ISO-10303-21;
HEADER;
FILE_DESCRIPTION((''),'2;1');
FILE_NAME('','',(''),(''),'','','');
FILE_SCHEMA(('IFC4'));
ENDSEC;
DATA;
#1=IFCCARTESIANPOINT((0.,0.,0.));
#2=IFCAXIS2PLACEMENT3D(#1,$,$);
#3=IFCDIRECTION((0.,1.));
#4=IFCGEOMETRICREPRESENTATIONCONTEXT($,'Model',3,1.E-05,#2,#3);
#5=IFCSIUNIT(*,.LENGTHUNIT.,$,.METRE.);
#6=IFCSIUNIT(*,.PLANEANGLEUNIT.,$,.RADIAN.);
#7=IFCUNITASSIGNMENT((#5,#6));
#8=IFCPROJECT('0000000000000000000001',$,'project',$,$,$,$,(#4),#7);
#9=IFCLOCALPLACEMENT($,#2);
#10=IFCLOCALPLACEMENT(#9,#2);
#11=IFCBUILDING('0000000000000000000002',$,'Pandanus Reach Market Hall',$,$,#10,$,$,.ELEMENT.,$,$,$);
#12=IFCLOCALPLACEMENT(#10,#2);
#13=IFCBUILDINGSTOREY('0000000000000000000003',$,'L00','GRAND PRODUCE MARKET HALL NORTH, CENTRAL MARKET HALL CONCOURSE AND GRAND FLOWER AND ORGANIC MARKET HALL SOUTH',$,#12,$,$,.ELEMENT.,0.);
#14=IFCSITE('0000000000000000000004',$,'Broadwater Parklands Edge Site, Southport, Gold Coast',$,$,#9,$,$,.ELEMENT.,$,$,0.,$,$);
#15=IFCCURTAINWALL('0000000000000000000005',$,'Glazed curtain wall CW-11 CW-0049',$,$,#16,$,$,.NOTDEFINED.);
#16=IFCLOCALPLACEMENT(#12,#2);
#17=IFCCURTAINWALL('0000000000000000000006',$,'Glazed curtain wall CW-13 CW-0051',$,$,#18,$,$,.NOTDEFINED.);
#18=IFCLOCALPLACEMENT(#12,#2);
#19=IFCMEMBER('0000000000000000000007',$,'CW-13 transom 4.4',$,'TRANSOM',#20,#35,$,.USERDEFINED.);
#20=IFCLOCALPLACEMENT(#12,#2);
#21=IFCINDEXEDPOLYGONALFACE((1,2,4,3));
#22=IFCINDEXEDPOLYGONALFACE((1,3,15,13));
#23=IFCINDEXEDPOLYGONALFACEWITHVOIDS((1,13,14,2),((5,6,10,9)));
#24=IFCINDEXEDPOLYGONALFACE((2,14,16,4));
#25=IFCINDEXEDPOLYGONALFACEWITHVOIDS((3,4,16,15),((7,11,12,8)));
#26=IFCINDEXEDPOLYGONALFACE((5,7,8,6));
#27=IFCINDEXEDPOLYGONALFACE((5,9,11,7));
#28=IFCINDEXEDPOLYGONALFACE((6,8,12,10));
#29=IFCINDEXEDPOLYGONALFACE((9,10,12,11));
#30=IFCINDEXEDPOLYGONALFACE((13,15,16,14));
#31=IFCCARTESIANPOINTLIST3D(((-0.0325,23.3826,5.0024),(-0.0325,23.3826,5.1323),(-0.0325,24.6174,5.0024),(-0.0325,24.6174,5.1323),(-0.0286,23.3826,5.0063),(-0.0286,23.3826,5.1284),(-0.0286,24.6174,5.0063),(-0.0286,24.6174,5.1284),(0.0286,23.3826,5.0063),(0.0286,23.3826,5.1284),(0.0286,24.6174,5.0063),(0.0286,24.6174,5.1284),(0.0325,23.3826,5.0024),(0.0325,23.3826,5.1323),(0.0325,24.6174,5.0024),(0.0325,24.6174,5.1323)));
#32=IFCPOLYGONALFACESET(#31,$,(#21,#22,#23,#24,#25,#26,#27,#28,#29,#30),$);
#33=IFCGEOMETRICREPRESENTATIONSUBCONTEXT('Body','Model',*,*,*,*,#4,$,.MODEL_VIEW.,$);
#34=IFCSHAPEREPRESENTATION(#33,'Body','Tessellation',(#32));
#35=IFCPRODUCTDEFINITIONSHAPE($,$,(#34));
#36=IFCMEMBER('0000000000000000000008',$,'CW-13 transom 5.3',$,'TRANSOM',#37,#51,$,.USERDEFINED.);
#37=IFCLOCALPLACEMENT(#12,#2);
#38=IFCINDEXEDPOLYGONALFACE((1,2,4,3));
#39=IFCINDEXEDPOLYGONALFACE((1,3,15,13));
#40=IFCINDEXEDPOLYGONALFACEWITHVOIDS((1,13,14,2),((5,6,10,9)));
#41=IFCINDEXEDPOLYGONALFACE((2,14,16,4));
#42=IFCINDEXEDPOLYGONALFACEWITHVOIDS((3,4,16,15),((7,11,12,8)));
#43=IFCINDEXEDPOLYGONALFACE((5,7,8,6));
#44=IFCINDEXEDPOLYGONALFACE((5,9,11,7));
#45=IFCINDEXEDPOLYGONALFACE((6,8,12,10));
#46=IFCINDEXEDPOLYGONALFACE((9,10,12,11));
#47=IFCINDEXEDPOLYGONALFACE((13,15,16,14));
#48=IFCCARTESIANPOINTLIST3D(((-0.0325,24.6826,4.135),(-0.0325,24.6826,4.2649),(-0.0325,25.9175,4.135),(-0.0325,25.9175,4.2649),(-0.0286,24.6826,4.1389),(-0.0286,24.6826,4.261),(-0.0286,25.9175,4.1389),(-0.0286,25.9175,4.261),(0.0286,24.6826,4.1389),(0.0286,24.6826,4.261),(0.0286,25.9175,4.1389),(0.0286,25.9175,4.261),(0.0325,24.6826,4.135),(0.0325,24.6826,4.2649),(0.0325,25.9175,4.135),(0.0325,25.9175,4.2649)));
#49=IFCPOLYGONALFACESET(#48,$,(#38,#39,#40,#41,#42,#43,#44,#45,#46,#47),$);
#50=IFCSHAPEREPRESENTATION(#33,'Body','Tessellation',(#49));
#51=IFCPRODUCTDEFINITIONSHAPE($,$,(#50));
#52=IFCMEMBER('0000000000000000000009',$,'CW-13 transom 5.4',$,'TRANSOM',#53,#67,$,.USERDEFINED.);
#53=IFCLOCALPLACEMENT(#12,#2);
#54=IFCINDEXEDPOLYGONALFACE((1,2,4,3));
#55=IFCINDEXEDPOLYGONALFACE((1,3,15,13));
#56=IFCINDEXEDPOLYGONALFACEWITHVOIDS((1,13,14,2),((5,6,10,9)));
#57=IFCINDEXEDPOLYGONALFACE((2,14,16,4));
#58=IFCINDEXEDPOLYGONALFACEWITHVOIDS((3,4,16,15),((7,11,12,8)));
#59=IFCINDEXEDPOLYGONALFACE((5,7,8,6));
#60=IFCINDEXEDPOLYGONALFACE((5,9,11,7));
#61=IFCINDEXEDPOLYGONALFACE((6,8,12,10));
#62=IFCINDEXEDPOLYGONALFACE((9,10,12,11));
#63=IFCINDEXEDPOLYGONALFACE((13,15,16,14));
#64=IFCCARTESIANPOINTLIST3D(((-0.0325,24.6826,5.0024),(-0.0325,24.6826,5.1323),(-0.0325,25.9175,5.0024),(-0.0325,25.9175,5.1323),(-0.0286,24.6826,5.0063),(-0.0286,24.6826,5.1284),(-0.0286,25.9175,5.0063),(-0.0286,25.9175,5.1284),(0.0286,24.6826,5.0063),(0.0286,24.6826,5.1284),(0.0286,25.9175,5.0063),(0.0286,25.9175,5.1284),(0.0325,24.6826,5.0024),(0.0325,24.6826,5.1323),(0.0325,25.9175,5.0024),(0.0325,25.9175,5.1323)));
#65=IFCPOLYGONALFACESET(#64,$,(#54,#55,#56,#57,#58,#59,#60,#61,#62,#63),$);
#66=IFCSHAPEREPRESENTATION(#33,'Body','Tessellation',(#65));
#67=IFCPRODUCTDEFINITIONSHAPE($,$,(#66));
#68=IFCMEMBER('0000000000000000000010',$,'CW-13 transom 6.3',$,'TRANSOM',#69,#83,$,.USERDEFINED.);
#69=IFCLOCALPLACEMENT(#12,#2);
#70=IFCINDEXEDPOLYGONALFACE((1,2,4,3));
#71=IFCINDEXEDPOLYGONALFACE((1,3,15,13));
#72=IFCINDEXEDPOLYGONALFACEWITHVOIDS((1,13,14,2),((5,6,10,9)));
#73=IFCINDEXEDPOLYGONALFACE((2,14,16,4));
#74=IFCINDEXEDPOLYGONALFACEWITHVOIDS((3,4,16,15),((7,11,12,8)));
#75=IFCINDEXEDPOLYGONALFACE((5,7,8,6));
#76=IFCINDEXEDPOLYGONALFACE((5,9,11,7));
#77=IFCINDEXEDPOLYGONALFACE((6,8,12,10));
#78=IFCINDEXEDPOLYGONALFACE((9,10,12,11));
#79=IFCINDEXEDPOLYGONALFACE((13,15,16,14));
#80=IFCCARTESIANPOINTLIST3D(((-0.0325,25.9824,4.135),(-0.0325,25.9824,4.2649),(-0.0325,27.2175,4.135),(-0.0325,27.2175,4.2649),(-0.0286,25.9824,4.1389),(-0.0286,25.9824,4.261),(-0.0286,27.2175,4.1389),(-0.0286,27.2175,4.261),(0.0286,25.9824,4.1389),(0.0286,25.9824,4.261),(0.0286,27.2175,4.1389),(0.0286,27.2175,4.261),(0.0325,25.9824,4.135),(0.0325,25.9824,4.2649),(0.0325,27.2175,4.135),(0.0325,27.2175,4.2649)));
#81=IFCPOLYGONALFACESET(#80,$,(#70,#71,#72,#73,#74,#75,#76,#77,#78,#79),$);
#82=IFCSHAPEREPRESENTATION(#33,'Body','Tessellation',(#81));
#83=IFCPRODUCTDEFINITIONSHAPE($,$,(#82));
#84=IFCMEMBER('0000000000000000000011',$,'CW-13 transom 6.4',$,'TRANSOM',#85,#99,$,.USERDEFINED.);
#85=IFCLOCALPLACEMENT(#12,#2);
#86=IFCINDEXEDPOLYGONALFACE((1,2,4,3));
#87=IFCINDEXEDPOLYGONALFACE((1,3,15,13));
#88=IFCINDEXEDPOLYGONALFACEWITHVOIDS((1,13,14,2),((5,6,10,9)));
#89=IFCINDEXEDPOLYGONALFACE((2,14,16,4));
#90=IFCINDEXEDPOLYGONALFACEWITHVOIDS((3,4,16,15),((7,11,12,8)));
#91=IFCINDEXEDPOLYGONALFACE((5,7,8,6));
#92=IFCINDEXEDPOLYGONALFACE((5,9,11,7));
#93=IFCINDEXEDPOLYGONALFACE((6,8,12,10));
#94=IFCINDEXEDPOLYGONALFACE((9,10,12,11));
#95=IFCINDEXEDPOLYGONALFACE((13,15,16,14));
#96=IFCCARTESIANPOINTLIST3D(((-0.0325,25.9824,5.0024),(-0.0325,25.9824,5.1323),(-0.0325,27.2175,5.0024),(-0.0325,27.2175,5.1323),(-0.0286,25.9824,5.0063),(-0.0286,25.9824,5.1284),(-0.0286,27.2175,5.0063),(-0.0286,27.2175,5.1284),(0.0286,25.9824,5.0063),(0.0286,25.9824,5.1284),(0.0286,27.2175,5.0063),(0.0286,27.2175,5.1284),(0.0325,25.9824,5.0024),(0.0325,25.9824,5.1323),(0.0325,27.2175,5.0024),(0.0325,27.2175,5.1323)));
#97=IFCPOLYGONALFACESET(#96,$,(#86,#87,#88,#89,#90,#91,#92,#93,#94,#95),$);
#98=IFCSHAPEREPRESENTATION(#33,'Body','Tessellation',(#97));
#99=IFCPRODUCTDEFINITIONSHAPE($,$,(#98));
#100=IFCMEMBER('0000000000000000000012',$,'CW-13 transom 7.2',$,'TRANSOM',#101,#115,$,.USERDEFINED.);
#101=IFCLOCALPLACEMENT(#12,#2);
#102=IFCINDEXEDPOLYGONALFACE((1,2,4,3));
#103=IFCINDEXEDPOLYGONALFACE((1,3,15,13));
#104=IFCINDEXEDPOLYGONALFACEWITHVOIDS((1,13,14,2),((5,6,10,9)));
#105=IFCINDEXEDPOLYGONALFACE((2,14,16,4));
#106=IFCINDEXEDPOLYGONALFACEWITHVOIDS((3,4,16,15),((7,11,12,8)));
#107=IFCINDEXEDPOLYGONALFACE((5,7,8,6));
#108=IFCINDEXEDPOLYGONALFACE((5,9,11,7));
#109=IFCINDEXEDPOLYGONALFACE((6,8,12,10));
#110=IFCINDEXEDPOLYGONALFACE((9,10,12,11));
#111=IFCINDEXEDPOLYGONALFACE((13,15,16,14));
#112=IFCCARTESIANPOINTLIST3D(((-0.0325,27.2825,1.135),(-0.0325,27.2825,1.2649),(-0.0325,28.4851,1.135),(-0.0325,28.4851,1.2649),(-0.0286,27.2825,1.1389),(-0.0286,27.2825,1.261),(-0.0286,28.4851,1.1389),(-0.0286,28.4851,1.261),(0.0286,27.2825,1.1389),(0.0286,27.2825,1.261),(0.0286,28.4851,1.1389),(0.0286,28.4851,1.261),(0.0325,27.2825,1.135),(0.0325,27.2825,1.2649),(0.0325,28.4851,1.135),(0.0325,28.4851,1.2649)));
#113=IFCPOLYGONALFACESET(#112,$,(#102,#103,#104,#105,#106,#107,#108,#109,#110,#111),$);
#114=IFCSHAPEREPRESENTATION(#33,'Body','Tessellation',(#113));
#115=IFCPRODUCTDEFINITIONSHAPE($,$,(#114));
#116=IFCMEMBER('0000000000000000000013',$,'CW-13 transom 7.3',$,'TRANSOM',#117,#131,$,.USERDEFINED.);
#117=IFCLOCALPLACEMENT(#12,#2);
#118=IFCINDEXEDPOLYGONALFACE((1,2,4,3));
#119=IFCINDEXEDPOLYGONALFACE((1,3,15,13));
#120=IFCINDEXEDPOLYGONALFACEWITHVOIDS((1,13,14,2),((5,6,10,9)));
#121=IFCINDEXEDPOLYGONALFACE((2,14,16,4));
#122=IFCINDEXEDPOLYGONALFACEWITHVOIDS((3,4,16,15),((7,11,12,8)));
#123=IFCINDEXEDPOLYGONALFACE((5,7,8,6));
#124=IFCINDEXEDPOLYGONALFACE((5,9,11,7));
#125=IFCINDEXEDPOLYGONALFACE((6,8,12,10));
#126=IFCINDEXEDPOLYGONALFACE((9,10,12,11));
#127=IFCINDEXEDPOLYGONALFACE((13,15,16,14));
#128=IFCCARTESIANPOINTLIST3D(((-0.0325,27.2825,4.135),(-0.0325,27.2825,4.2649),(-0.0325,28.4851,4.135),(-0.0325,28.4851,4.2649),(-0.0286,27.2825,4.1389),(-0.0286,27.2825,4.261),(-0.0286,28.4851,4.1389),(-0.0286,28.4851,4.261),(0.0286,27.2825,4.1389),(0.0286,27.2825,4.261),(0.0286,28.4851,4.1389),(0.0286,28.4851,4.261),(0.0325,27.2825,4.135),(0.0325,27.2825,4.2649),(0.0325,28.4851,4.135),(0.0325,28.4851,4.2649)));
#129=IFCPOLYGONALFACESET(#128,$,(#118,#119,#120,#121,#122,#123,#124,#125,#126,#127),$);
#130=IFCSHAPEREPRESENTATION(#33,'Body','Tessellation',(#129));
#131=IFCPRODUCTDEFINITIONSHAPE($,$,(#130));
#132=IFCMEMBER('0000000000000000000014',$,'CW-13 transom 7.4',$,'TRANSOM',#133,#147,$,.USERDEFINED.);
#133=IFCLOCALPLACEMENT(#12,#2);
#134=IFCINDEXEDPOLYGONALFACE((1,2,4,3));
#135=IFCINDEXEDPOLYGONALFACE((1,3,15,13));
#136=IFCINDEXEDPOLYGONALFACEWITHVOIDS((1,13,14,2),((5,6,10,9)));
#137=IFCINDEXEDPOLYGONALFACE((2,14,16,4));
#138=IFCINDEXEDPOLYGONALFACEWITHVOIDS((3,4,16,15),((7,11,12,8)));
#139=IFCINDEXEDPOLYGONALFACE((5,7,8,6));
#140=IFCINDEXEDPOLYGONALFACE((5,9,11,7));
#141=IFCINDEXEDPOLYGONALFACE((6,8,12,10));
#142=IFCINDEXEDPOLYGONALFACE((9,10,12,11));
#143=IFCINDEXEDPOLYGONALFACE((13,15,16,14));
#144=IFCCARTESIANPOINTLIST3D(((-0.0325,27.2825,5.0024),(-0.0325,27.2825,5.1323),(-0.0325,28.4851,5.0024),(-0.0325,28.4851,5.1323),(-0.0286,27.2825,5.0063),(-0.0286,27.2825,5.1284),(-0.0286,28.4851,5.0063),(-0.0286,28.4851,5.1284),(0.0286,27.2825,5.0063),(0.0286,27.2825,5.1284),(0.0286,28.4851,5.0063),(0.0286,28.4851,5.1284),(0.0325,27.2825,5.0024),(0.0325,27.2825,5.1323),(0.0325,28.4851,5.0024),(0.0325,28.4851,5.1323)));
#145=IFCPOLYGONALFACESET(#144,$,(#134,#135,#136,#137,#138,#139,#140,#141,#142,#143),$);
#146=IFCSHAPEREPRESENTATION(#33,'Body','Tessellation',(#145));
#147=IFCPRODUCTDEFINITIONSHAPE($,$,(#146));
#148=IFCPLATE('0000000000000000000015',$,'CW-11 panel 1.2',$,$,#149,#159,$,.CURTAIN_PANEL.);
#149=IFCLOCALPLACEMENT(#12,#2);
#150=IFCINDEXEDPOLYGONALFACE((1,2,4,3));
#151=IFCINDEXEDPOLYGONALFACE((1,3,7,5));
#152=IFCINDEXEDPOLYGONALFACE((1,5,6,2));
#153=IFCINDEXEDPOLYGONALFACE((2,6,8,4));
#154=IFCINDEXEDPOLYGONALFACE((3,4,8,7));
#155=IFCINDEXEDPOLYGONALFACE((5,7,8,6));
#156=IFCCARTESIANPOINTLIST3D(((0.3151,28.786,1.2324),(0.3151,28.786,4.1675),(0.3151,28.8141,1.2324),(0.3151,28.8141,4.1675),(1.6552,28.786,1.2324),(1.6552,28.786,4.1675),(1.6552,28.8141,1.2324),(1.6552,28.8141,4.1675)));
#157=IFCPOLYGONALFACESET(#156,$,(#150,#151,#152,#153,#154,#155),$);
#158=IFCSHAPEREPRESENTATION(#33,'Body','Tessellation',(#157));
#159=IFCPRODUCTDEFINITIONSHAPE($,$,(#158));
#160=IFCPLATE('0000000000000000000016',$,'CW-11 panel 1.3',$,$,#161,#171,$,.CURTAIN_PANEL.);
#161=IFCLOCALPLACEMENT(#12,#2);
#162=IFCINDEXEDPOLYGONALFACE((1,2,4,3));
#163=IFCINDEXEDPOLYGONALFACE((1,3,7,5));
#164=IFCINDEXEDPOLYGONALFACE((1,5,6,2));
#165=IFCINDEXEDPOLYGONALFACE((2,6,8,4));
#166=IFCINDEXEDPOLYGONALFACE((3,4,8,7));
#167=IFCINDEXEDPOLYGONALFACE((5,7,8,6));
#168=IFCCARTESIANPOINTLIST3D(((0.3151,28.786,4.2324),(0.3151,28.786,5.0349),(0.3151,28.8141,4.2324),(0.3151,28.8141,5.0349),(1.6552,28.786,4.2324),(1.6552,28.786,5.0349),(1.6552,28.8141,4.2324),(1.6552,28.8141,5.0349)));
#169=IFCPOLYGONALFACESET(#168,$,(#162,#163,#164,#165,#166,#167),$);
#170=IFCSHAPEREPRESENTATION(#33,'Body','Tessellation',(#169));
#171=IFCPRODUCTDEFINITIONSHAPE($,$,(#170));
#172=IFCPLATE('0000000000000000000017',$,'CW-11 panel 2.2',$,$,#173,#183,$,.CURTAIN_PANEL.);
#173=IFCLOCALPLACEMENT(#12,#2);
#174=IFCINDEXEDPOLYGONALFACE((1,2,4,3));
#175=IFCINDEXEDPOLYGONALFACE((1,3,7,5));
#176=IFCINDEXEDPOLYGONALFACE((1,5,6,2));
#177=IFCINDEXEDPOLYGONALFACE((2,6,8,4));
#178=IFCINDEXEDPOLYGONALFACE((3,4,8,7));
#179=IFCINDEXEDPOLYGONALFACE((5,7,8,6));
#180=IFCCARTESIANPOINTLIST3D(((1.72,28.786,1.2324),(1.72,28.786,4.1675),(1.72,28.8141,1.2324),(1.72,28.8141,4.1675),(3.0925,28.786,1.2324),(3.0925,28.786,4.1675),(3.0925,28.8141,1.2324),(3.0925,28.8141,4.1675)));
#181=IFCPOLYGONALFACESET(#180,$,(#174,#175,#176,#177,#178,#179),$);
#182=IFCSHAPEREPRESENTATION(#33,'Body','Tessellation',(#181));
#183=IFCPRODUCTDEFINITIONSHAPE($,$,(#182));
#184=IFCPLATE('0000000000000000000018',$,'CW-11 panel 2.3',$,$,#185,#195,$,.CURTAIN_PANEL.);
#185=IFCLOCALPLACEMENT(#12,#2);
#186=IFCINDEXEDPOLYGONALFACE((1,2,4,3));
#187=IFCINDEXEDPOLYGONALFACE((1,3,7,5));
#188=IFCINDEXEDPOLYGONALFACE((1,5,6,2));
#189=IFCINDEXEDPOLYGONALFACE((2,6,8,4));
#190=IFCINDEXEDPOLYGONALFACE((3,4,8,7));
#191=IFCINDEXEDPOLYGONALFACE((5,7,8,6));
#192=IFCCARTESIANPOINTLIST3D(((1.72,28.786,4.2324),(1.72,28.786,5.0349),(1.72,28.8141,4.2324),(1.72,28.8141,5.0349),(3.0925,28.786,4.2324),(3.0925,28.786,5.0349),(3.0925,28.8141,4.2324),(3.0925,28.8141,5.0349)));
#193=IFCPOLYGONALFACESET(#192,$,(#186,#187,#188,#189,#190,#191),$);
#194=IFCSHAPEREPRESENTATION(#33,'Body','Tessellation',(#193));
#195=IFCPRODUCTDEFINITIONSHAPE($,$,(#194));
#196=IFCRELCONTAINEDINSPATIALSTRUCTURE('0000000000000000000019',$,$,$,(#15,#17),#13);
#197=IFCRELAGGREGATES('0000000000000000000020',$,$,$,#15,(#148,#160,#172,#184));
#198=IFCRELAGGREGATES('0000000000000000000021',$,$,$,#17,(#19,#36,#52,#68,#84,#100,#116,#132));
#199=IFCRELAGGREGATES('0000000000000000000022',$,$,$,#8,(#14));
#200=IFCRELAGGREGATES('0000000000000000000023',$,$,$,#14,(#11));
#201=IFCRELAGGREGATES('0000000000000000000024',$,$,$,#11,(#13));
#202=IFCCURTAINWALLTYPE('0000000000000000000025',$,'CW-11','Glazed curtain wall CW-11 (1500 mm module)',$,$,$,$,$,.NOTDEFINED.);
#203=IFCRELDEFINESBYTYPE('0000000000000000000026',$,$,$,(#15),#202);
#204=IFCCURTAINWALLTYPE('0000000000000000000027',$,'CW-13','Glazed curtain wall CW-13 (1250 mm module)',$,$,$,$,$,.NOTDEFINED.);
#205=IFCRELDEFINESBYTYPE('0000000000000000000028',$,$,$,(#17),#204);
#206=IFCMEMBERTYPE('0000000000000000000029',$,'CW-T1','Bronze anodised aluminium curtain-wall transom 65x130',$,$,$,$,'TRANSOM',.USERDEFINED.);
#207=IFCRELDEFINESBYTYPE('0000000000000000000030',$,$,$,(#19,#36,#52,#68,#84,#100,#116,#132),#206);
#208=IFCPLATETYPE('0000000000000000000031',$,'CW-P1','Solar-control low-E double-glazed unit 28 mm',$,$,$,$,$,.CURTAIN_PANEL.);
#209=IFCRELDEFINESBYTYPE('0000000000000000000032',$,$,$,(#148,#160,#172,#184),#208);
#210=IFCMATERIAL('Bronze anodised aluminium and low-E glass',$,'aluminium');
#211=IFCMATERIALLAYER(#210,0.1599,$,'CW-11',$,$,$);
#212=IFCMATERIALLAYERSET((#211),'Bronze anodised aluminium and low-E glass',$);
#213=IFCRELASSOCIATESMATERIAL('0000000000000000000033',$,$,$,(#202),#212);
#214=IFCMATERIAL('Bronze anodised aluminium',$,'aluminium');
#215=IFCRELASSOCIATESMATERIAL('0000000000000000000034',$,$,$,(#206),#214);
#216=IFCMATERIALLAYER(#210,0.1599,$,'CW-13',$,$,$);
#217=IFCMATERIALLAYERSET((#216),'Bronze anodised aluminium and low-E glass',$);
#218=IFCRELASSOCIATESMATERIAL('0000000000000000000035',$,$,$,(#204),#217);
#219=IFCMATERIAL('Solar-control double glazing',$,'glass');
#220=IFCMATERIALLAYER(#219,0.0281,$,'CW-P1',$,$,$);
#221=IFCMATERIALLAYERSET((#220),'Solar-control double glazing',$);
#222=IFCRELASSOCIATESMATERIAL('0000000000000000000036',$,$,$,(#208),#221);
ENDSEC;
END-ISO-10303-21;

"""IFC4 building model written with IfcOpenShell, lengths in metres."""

from ifc_helpers import new_model, si_unit, direction, frame, origin, origin_2d, place, context, subcontext, project, spatial, rectangle, hollow_rectangle, extrude, material, layer, layer_set, material_profile, profile_set, type_object, element, aggregate, save


model = new_model("IFC4")

# Units and contexts
model_context = context("Model", 3, precision=1e-05, world=origin(), true_north=direction((0.0, 1.0)))
body_context = subcontext(model_context, "Body", "Model", "MODEL_VIEW")
ifc_project = project(units=[si_unit("LENGTHUNIT", "METRE"), si_unit("PLANEANGLEUNIT", "RADIAN")], contexts=[model_context])

# Site, building, storey
site_placement = place(None, origin())
site = spatial("IfcSite", under=ifc_project, at=site_placement, Name="Broadwater Parklands Edge Site, Southport, Gold Coast", CompositionType="ELEMENT", RefElevation=0.0)
building_placement = place(site_placement, origin())
building = spatial("IfcBuilding", under=site, at=building_placement, Name="Pandanus Reach Market Hall", CompositionType="ELEMENT")
storey_placement = place(building_placement, origin())
storey = spatial("IfcBuildingStorey", under=building, at=storey_placement, Name="L00", Description="GRAND PRODUCE MARKET HALL NORTH, CENTRAL MARKET HALL CONCOURSE AND GRAND FLOWER AND ORGANIC MARKET HALL SOUTH", CompositionType="ELEMENT", Elevation=0.0)

# Curtain walls, members
ifc_material_1 = material(Name="Bronze anodised aluminium and low-E glass", Category="aluminium")
ifc_layer_1 = layer(ifc_material_1, 0.1599, Name="CW-11")
ifc_layer_set_1 = layer_set([ifc_layer_1], Name="Bronze anodised aluminium and low-E glass")
curtain_wall_type_1 = type_object("IfcCurtainWallType", Name="CW-11", Description="Glazed curtain wall CW-11 (1500 mm module)", PredefinedType="NOTDEFINED", material=ifc_layer_set_1)
curtain_wall_1_placement = place(storey_placement, origin())
curtain_wall_1 = element("IfcCurtainWall", 1, at=curtain_wall_1_placement, inside=storey, type_object=curtain_wall_type_1, Name="Glazed curtain wall CW-11 CW-0049", PredefinedType="NOTDEFINED")
ifc_material_2 = material(Name="Bronze anodised aluminium", Category="aluminium")
ifc_material_profile_1 = material_profile(ifc_material_2, hollow_rectangle(XDim=0.0649, YDim=0.1299, WallThickness=0.0039, at=origin_2d()), Name="ALU65x130", Category="LoadBearing")
ifc_profile_set_1 = profile_set([ifc_material_profile_1], Name="Bronze anodised aluminium")
member_type = type_object("IfcMemberType", Name="CW-T1", Description="Bronze anodised aluminium curtain-wall transom 65x130", ElementType="TRANSOM", PredefinedType="USERDEFINED", material=ifc_profile_set_1)
ifc_layer_2 = layer(ifc_material_1, 0.1599, Name="CW-13")
ifc_layer_set_2 = layer_set([ifc_layer_2], Name="Bronze anodised aluminium and low-E glass")
curtain_wall_type_2 = type_object("IfcCurtainWallType", Name="CW-13", Description="Glazed curtain wall CW-13 (1250 mm module)", PredefinedType="NOTDEFINED", material=ifc_layer_set_2)
curtain_wall_2_placement = place(storey_placement, origin())
curtain_wall_2 = element("IfcCurtainWall", 2, at=curtain_wall_2_placement, inside=storey, type_object=curtain_wall_type_2, Name="Glazed curtain wall CW-13 CW-0051", PredefinedType="NOTDEFINED")
member_1_placement = place(storey_placement, frame((0.0, 23.3826, 5.0674), z_axis=(0.0, 1.0, 0.0), x_axis=(-1.0, 0.0, 0.0)))
member_1 = element("IfcMember", 3, at=member_1_placement, type_object=member_type, Name="CW-13 transom 4.4", ObjectType="TRANSOM", PredefinedType="USERDEFINED", context=body_context, shape_type="SweptSolid", body=[
    extrude(hollow_rectangle(XDim=0.0649, YDim=0.1299, WallThickness=0.0039, at=origin_2d()), origin(), (0.0, 0.0, 1.0), 1.2349),
])
member_2_placement = place(storey_placement, frame((0.0, 24.6826, 4.2), z_axis=(0.0, 1.0, 0.0), x_axis=(-1.0, 0.0, 0.0)))
member_2 = element("IfcMember", 4, at=member_2_placement, type_object=member_type, Name="CW-13 transom 5.3", ObjectType="TRANSOM", PredefinedType="USERDEFINED", context=body_context, shape_type="SweptSolid", body=[
    extrude(hollow_rectangle(XDim=0.0649, YDim=0.1299, WallThickness=0.0039, at=origin_2d()), origin(), (0.0, 0.0, 1.0), 1.2349),
])
member_3_placement = place(storey_placement, frame((0.0, 24.6826, 5.0674), z_axis=(0.0, 1.0, 0.0), x_axis=(-1.0, 0.0, 0.0)))
member_3 = element("IfcMember", 5, at=member_3_placement, type_object=member_type, Name="CW-13 transom 5.4", ObjectType="TRANSOM", PredefinedType="USERDEFINED", context=body_context, shape_type="SweptSolid", body=[
    extrude(hollow_rectangle(XDim=0.0649, YDim=0.1299, WallThickness=0.0039, at=origin_2d()), origin(), (0.0, 0.0, 1.0), 1.2349),
])
member_4_placement = place(storey_placement, frame((0.0, 25.9824, 4.2), z_axis=(0.0, 1.0, 0.0), x_axis=(-1.0, 0.0, 0.0)))
member_4 = element("IfcMember", 6, at=member_4_placement, type_object=member_type, Name="CW-13 transom 6.3", ObjectType="TRANSOM", PredefinedType="USERDEFINED", context=body_context, shape_type="SweptSolid", body=[
    extrude(hollow_rectangle(XDim=0.0649, YDim=0.1299, WallThickness=0.0039, at=origin_2d()), origin(), (0.0, 0.0, 1.0), 1.2351),
])
member_5_placement = place(storey_placement, frame((0.0, 25.9824, 5.0674), z_axis=(0.0, 1.0, 0.0), x_axis=(-1.0, 0.0, 0.0)))
member_5 = element("IfcMember", 7, at=member_5_placement, type_object=member_type, Name="CW-13 transom 6.4", ObjectType="TRANSOM", PredefinedType="USERDEFINED", context=body_context, shape_type="SweptSolid", body=[
    extrude(hollow_rectangle(XDim=0.0649, YDim=0.1299, WallThickness=0.0039, at=origin_2d()), origin(), (0.0, 0.0, 1.0), 1.2351),
])
member_6_placement = place(storey_placement, frame((0.0, 27.2825, 1.2), z_axis=(0.0, 1.0, 0.0), x_axis=(-1.0, 0.0, 0.0)))
member_6 = element("IfcMember", 8, at=member_6_placement, type_object=member_type, Name="CW-13 transom 7.2", ObjectType="TRANSOM", PredefinedType="USERDEFINED", context=body_context, shape_type="SweptSolid", body=[
    extrude(hollow_rectangle(XDim=0.0649, YDim=0.1299, WallThickness=0.0039, at=origin_2d()), origin(), (0.0, 0.0, 1.0), 1.2026),
])
member_7_placement = place(storey_placement, frame((0.0, 27.2825, 4.2), z_axis=(0.0, 1.0, 0.0), x_axis=(-1.0, 0.0, 0.0)))
member_7 = element("IfcMember", 9, at=member_7_placement, type_object=member_type, Name="CW-13 transom 7.3", ObjectType="TRANSOM", PredefinedType="USERDEFINED", context=body_context, shape_type="SweptSolid", body=[
    extrude(hollow_rectangle(XDim=0.0649, YDim=0.1299, WallThickness=0.0039, at=origin_2d()), origin(), (0.0, 0.0, 1.0), 1.2026),
])
member_8_placement = place(storey_placement, frame((0.0, 27.2825, 5.0674), z_axis=(0.0, 1.0, 0.0), x_axis=(-1.0, 0.0, 0.0)))
member_8 = element("IfcMember", 10, at=member_8_placement, type_object=member_type, Name="CW-13 transom 7.4", ObjectType="TRANSOM", PredefinedType="USERDEFINED", context=body_context, shape_type="SweptSolid", body=[
    extrude(hollow_rectangle(XDim=0.0649, YDim=0.1299, WallThickness=0.0039, at=origin_2d()), origin(), (0.0, 0.0, 1.0), 1.2026),
])

# Plates
ifc_material_3 = material(Name="Solar-control double glazing", Category="glass")
ifc_layer_3 = layer(ifc_material_3, 0.0281, Name="CW-P1")
ifc_layer_set_3 = layer_set([ifc_layer_3], Name="Solar-control double glazing")
plate_type = type_object("IfcPlateType", Name="CW-P1", Description="Solar-control low-E double-glazed unit 28 mm", PredefinedType="CURTAIN_PANEL", material=ifc_layer_set_3)
plate_1_placement = place(storey_placement, frame((0.9851, 28.8, 1.2324), z_axis=(0.0, 0.0, 1.0), x_axis=(1.0, 0.0, 0.0)))
plate_1 = element("IfcPlate", 11, at=plate_1_placement, type_object=plate_type, Name="CW-11 panel 1.2", PredefinedType="CURTAIN_PANEL", context=body_context, shape_type="SweptSolid", body=[
    extrude(rectangle(XDim=1.3401, YDim=0.0281, at=origin_2d()), origin(), (0.0, 0.0, 1.0), 2.9351),
])
plate_2_placement = place(storey_placement, frame((0.9851, 28.8, 4.2324), z_axis=(0.0, 0.0, 1.0), x_axis=(1.0, 0.0, 0.0)))
plate_2 = element("IfcPlate", 12, at=plate_2_placement, type_object=plate_type, Name="CW-11 panel 1.3", PredefinedType="CURTAIN_PANEL", context=body_context, shape_type="SweptSolid", body=[
    extrude(rectangle(XDim=1.3401, YDim=0.0281, at=origin_2d()), origin(), (0.0, 0.0, 1.0), 0.8025),
])
plate_3_placement = place(storey_placement, frame((2.4062, 28.8, 1.2324), z_axis=(0.0, 0.0, 1.0), x_axis=(1.0, 0.0, 0.0)))
plate_3 = element("IfcPlate", 13, at=plate_3_placement, type_object=plate_type, Name="CW-11 panel 2.2", PredefinedType="CURTAIN_PANEL", context=body_context, shape_type="SweptSolid", body=[
    extrude(rectangle(XDim=1.3726, YDim=0.0281, at=origin_2d()), origin(), (0.0, 0.0, 1.0), 2.9351),
])
plate_4_placement = place(storey_placement, frame((2.4062, 28.8, 4.2324), z_axis=(0.0, 0.0, 1.0), x_axis=(1.0, 0.0, 0.0)))
plate_4 = element("IfcPlate", 14, at=plate_4_placement, type_object=plate_type, Name="CW-11 panel 2.3", PredefinedType="CURTAIN_PANEL", context=body_context, shape_type="SweptSolid", body=[
    extrude(rectangle(XDim=1.3726, YDim=0.0281, at=origin_2d()), origin(), (0.0, 0.0, 1.0), 0.8025),
])
aggregate(curtain_wall_1, [plate_1, plate_2, plate_3, plate_4])
aggregate(curtain_wall_2, [member_1, member_2, member_3, member_4, member_5, member_6, member_7, member_8])

save(model, "model.ifc")
